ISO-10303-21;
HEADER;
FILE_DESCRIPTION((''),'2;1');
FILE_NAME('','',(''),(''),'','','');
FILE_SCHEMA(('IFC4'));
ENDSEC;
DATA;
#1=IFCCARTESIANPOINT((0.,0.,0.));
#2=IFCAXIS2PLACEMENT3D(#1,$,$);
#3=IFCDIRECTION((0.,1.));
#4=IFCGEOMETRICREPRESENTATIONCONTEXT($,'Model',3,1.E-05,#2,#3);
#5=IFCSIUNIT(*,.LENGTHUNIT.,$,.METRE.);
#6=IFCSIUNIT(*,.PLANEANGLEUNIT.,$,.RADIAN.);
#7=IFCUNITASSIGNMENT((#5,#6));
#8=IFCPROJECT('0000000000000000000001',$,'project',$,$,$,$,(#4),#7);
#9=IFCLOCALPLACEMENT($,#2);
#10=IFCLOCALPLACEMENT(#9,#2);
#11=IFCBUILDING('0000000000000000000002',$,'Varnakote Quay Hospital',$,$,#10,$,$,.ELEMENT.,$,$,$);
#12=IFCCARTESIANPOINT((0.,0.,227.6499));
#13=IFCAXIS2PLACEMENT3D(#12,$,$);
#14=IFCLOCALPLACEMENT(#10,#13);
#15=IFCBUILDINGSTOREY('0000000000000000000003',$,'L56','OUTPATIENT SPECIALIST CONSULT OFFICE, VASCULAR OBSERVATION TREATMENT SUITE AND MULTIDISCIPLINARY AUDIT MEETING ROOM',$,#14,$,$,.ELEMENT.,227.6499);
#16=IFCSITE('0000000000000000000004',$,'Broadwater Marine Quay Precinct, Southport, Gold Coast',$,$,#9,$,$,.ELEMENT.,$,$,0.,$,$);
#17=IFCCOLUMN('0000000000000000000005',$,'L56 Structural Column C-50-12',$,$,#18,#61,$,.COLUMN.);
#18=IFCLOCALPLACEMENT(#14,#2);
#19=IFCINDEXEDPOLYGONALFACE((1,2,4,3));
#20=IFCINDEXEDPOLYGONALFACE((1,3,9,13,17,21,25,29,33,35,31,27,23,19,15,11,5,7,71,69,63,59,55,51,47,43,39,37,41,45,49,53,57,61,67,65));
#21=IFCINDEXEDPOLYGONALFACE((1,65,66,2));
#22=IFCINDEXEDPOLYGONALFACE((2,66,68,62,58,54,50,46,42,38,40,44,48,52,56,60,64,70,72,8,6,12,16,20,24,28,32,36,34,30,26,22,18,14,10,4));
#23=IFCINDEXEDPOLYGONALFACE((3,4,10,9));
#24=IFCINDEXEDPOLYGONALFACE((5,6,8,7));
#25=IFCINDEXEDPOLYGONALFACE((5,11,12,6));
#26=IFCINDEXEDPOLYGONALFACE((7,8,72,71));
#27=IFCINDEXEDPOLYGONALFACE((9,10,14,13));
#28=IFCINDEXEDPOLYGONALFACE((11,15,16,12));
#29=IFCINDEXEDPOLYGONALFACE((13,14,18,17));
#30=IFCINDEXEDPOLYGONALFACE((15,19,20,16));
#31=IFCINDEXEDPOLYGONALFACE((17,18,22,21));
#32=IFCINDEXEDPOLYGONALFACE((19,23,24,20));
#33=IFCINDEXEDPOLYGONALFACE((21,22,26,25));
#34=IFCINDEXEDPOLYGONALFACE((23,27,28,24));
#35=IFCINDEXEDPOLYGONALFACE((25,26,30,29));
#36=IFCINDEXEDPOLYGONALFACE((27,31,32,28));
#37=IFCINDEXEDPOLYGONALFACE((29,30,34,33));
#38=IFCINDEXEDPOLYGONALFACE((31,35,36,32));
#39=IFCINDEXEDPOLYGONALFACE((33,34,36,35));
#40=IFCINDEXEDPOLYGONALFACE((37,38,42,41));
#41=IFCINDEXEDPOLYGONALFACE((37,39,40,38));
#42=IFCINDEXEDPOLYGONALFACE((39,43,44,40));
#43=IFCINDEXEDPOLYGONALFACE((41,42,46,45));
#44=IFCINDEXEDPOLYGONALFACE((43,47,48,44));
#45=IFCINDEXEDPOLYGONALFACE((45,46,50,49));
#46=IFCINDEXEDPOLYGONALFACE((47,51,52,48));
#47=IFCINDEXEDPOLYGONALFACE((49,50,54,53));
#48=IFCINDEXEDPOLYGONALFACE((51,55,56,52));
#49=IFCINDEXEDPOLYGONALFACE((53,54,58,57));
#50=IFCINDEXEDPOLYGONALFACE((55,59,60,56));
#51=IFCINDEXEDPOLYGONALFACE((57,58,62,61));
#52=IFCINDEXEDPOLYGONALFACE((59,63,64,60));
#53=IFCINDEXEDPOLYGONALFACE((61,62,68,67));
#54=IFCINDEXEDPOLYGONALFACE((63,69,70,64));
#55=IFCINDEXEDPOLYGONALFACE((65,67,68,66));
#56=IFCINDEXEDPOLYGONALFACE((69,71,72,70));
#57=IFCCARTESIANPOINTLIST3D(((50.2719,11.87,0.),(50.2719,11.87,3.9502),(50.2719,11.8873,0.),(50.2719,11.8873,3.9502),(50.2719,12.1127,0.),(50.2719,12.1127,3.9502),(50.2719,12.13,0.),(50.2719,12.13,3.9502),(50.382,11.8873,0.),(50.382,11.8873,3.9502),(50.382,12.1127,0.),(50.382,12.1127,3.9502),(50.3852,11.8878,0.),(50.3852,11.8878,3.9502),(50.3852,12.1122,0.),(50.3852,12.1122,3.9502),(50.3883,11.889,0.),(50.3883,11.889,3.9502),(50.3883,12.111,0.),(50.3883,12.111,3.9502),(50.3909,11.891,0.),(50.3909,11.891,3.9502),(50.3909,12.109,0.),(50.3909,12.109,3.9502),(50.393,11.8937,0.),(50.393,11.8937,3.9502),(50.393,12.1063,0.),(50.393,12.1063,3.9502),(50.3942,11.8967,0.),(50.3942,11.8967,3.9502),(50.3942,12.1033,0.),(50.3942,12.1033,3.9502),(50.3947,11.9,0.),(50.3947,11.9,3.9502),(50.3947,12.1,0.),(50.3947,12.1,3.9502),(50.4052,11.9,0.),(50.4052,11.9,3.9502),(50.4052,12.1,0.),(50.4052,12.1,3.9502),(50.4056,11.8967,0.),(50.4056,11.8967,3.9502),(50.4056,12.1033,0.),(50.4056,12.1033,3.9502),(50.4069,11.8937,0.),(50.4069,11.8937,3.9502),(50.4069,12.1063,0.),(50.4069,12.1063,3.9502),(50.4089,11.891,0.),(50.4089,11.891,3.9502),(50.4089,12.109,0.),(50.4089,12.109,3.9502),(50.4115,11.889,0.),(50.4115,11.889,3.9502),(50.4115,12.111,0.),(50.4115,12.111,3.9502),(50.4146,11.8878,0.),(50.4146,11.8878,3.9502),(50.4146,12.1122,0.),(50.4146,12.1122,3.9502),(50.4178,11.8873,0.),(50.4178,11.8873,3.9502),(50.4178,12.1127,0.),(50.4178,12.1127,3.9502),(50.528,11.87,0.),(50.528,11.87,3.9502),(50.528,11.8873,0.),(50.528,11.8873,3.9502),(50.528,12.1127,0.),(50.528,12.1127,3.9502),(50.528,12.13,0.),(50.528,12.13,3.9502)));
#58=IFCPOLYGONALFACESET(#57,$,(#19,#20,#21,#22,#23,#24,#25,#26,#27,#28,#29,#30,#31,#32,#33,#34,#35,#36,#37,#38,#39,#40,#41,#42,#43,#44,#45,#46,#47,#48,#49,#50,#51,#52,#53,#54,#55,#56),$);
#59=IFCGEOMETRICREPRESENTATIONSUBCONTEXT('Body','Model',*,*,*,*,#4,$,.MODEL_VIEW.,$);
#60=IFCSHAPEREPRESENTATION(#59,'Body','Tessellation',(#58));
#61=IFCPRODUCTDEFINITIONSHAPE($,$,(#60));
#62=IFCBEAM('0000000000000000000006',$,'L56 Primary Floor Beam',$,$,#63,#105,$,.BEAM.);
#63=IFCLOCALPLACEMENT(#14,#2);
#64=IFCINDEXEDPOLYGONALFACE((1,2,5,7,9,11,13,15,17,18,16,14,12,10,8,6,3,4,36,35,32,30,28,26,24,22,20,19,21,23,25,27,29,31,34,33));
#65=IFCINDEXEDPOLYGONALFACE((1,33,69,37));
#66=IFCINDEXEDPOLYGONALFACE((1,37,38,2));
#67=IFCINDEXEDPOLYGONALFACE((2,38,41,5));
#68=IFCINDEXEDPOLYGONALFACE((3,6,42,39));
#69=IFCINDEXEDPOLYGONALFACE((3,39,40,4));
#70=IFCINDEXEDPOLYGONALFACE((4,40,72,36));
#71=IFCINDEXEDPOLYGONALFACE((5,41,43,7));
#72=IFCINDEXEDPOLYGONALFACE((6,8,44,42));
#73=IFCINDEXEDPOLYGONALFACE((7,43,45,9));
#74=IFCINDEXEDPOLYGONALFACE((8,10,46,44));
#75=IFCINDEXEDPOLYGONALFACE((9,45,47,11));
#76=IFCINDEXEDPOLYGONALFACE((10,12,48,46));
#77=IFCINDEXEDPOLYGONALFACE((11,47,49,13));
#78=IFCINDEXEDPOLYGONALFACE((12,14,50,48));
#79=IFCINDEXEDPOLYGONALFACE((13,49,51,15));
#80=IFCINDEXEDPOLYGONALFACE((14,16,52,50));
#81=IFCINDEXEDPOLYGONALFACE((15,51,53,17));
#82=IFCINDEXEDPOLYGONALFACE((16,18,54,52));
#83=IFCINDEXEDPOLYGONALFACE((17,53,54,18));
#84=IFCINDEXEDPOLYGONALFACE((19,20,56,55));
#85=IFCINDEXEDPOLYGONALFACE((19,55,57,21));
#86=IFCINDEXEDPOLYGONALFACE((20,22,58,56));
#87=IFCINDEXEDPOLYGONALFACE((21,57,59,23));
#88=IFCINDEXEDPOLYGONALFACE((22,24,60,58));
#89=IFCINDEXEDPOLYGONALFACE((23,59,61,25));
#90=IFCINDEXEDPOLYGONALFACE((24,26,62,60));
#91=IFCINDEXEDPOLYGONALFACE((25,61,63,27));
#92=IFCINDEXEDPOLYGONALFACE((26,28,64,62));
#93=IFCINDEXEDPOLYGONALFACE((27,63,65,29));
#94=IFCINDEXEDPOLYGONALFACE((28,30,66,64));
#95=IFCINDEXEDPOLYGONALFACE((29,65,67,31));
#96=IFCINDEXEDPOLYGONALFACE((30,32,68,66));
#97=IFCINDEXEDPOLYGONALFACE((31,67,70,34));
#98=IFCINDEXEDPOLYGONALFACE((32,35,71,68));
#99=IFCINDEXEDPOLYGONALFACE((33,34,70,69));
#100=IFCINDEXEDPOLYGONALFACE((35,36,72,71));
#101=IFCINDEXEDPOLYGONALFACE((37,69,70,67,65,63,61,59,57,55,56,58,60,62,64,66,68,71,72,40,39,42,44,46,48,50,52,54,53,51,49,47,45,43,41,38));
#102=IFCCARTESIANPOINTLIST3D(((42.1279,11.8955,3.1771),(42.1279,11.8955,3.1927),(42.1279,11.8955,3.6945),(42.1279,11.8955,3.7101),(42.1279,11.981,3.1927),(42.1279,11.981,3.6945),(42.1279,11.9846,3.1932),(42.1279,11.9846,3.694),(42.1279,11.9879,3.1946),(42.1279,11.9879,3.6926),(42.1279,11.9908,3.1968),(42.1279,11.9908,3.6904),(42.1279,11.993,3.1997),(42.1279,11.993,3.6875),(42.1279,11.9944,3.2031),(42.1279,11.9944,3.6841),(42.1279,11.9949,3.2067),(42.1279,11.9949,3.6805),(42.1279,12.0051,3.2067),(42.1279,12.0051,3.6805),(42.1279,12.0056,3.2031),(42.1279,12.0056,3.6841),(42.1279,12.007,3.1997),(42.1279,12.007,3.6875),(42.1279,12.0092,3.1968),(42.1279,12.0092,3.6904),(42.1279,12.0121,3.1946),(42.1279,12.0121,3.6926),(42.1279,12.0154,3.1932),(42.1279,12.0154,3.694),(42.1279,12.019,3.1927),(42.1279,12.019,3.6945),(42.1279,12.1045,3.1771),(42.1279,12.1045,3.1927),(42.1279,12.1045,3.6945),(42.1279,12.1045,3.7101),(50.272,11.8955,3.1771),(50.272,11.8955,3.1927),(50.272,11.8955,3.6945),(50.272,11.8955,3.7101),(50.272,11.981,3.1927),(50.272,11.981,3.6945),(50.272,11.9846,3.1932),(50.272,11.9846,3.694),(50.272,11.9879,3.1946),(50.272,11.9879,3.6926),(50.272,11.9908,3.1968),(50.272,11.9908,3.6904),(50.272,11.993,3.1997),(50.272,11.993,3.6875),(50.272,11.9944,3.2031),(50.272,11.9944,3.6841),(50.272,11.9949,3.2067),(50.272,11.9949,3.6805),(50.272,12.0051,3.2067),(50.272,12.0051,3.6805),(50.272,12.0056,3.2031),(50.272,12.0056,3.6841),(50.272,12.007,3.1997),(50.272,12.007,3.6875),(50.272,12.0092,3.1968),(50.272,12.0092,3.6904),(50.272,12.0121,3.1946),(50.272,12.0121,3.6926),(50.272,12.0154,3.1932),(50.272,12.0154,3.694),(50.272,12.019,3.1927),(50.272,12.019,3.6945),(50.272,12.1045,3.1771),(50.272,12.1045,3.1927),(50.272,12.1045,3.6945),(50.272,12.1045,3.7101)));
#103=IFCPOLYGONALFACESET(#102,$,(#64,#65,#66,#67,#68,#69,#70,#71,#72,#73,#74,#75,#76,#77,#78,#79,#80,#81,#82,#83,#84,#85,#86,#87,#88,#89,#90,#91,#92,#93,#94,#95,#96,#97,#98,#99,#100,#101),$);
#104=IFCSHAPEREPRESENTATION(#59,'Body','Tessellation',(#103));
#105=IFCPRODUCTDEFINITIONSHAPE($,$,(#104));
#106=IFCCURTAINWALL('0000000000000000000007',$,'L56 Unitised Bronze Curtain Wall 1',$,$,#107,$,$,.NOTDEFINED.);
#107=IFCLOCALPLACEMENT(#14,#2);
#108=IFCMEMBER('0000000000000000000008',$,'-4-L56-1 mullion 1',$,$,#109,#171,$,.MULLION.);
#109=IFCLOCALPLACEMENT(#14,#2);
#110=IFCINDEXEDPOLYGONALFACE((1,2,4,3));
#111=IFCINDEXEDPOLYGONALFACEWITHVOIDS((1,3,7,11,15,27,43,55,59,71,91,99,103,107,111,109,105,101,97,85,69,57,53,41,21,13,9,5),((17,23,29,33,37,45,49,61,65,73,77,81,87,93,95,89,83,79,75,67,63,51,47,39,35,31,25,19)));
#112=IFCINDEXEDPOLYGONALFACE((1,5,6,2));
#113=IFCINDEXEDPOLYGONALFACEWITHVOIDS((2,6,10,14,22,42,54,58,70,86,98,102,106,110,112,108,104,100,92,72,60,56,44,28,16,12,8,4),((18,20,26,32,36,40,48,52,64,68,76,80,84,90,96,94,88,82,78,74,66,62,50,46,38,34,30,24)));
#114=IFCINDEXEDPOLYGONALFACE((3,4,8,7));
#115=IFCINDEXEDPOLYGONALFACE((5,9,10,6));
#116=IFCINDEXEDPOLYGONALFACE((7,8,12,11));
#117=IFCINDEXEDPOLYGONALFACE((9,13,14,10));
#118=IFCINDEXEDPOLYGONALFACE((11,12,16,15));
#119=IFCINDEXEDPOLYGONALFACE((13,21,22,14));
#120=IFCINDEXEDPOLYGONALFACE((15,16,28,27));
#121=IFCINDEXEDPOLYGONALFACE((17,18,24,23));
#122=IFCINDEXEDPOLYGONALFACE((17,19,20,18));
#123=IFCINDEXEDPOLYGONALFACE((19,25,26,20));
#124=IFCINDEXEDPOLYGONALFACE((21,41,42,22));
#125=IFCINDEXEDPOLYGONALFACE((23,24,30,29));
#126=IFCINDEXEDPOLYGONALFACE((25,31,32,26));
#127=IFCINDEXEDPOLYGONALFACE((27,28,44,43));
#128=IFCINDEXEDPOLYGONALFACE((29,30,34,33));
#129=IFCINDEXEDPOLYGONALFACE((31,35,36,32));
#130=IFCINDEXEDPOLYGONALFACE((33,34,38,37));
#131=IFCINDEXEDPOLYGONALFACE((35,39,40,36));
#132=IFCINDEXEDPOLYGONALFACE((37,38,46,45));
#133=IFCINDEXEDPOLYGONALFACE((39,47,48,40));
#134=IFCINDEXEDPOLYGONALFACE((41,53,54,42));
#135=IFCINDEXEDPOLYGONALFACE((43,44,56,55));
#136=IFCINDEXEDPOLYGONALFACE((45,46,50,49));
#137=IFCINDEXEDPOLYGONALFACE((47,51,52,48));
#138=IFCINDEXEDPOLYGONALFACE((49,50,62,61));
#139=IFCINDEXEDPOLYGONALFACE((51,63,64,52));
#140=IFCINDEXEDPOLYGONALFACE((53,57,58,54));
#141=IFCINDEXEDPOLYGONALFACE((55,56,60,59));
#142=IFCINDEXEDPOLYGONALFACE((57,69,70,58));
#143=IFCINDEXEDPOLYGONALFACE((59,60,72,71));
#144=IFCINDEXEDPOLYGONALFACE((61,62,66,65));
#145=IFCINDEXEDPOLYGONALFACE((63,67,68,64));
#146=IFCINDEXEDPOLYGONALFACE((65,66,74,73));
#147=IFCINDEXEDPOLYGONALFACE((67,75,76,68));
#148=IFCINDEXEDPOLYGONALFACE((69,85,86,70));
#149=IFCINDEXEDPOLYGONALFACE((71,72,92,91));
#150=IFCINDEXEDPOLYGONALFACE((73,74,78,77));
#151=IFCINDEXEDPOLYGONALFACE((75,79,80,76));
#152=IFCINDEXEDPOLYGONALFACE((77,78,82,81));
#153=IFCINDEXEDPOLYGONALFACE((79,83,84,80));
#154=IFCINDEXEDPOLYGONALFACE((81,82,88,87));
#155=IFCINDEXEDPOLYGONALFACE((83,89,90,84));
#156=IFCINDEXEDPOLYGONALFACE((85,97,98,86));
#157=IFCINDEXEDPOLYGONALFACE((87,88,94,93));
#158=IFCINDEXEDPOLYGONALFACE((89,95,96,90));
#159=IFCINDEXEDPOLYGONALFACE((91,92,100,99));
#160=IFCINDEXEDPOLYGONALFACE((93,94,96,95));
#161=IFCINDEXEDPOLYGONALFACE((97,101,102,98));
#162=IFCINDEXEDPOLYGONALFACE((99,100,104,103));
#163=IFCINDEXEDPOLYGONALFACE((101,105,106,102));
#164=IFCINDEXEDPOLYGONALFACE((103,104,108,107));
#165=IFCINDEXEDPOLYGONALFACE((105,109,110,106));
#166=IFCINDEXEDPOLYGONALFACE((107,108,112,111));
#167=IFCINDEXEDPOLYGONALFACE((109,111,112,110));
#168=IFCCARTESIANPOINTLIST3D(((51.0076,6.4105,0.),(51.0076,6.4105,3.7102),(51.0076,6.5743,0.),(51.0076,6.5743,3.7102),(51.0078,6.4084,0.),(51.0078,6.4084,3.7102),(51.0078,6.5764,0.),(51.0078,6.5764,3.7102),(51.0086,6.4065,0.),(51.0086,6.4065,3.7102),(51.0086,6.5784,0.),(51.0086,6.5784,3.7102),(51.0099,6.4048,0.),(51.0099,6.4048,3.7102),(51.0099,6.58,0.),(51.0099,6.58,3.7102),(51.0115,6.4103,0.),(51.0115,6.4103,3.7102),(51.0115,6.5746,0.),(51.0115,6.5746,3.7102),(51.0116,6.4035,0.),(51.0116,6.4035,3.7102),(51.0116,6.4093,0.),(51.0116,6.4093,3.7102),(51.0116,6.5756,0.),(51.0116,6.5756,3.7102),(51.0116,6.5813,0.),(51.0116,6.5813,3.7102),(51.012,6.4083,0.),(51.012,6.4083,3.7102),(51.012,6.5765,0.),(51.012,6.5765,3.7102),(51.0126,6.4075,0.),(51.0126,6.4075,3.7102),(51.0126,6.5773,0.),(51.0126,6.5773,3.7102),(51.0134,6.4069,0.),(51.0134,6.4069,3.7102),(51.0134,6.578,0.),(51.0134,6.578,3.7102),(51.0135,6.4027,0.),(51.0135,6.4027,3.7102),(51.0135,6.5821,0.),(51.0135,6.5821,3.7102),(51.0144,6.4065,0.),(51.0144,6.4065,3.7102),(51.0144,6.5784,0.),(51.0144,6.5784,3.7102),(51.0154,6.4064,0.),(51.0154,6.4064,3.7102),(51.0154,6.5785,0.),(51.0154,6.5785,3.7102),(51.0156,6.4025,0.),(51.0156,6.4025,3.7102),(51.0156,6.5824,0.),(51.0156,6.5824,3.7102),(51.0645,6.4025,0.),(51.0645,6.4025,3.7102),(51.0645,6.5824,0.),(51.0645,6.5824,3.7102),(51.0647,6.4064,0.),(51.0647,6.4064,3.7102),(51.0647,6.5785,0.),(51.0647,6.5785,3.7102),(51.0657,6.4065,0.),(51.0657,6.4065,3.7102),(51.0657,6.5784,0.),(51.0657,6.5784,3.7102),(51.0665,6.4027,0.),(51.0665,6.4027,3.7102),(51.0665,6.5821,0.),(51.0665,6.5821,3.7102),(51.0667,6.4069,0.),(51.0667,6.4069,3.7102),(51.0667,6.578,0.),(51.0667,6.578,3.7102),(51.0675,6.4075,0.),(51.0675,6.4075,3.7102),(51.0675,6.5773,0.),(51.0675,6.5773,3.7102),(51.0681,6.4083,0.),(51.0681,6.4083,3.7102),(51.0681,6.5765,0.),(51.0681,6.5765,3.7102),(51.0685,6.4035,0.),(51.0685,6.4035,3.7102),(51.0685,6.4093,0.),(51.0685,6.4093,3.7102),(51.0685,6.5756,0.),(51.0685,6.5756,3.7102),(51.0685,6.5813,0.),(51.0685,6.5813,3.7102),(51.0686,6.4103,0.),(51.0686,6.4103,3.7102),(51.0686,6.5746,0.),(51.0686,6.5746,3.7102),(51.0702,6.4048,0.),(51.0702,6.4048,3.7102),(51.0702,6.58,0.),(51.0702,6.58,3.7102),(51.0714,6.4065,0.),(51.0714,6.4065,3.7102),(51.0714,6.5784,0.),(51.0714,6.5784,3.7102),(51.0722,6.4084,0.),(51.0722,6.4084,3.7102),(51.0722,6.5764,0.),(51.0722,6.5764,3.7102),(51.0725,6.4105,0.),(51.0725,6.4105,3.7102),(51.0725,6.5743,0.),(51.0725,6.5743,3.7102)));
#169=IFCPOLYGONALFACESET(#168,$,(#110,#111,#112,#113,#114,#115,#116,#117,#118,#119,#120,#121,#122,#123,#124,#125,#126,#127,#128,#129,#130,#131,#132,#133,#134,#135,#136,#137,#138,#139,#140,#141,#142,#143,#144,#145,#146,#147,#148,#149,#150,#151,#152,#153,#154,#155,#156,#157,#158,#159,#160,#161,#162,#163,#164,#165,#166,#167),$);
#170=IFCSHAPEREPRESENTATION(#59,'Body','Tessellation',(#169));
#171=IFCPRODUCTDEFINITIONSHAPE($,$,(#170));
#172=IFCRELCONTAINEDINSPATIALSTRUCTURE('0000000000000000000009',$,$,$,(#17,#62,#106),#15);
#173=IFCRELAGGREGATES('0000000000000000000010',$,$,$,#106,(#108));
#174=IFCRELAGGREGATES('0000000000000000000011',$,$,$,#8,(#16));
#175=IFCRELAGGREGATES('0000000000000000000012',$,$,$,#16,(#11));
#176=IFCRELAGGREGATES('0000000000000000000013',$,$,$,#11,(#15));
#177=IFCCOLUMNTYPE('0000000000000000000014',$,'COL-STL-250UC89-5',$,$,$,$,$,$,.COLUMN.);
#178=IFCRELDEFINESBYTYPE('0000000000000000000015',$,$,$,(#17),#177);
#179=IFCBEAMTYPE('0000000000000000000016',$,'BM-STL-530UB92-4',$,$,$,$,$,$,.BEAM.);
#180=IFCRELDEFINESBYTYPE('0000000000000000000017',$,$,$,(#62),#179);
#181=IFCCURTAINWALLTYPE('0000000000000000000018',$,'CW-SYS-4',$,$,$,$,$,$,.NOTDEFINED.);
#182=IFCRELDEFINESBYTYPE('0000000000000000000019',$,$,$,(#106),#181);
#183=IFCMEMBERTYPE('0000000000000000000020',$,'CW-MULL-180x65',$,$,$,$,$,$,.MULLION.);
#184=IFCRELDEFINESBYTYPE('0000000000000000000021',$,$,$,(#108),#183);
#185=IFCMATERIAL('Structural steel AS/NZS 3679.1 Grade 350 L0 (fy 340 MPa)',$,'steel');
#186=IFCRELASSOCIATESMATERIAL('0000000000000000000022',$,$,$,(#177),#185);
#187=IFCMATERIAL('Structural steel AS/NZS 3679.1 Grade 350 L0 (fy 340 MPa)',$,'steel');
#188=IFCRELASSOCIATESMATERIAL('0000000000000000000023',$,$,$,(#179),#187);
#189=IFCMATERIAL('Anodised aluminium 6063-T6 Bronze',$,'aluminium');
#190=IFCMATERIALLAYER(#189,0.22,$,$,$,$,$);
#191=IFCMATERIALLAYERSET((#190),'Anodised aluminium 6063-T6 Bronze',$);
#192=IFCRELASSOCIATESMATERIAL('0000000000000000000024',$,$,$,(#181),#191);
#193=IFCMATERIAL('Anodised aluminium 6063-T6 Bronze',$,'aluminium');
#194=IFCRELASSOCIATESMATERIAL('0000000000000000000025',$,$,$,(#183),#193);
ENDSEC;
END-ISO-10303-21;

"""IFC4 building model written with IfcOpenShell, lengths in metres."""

from ifc_helpers import new_model, si_unit, direction, frame, origin, origin_2d, place, context, subcontext, project, spatial, hollow_rectangle, i_section, extrude, material, layer, layer_set, material_profile, profile_set, type_object, element, aggregate, save


model = new_model("IFC4")

# Units and contexts
model_context = context("Model", 3, precision=1e-05, world=origin(), true_north=direction((0.0, 1.0)))
body_context = subcontext(model_context, "Body", "Model", "MODEL_VIEW")
ifc_project = project(units=[si_unit("LENGTHUNIT", "METRE"), si_unit("PLANEANGLEUNIT", "RADIAN")], contexts=[model_context])

# Site, building, storey
site_placement = place(None, origin())
site = spatial("IfcSite", under=ifc_project, at=site_placement, Name="Broadwater Marine Quay Precinct, Southport, Gold Coast", CompositionType="ELEMENT", RefElevation=0.0)
building_placement = place(site_placement, origin())
building = spatial("IfcBuilding", under=site, at=building_placement, Name="Varnakote Quay Hospital", CompositionType="ELEMENT")
storey_placement = place(building_placement, frame((0.0, 0.0, 227.6499)))
storey = spatial("IfcBuildingStorey", under=building, at=storey_placement, Name="L56", Description="OUTPATIENT SPECIALIST CONSULT OFFICE, VASCULAR OBSERVATION TREATMENT SUITE AND MULTIDISCIPLINARY AUDIT MEETING ROOM", CompositionType="ELEMENT", Elevation=227.6499)

# Column
ifc_material_1 = material(Name="Structural steel AS/NZS 3679.1 Grade 350 L0 (fy 340 MPa)", Category="steel")
ifc_material_profile_1 = material_profile(ifc_material_1, i_section(OverallWidth=0.2561, OverallDepth=0.26, WebThickness=0.0105, FlangeThickness=0.0173, FilletRadius=0.0127, at=origin_2d()), Name="250UC89.5")
ifc_profile_set_1 = profile_set([ifc_material_profile_1], Name="Structural steel AS/NZS 3679.1 Grade 350 L0 (fy 340 MPa)")
column_type = type_object("IfcColumnType", Name="COL-STL-250UC89-5", PredefinedType="COLUMN", material=ifc_profile_set_1)
column_placement = place(storey_placement, frame((50.3999, 12.0, 0.0), z_axis=(0.0, 0.0, 1.0), x_axis=(1.0, 0.0, 0.0)))
element("IfcColumn", 1, at=column_placement, inside=storey, type_object=column_type, Name="L56 Structural Column C-50-12", PredefinedType="COLUMN", context=body_context, shape_type="SweptSolid", body=[
    extrude(i_section(OverallWidth=0.2561, OverallDepth=0.26, WebThickness=0.0105, FlangeThickness=0.0173, FilletRadius=0.0127, at=origin_2d()), origin(), (0.0, 0.0, 1.0), 3.9502),
])

# Beam
ifc_material_2 = material(Name="Structural steel AS/NZS 3679.1 Grade 350 L0 (fy 340 MPa)", Category="steel")
ifc_material_profile_2 = material_profile(ifc_material_2, i_section(OverallWidth=0.209, OverallDepth=0.533, WebThickness=0.0103, FlangeThickness=0.0156, FilletRadius=0.0139, at=origin_2d()), Name="530UB92.4")
ifc_profile_set_2 = profile_set([ifc_material_profile_2], Name="Structural steel AS/NZS 3679.1 Grade 350 L0 (fy 340 MPa)")
beam_type = type_object("IfcBeamType", Name="BM-STL-530UB92-4", PredefinedType="BEAM", material=ifc_profile_set_2)
beam_placement = place(storey_placement, frame((42.1279, 12.0, 3.4436), z_axis=(1.0, 0.0, 0.0), x_axis=(0.0, 1.0, 0.0)))
element("IfcBeam", 2, at=beam_placement, inside=storey, type_object=beam_type, Name="L56 Primary Floor Beam", PredefinedType="BEAM", context=body_context, shape_type="SweptSolid", body=[
    extrude(i_section(OverallWidth=0.209, OverallDepth=0.533, WebThickness=0.0103, FlangeThickness=0.0156, FilletRadius=0.0139, at=origin_2d()), origin(), (0.0, 0.0, 1.0), 8.144),
])

# Curtain wall, member
ifc_material_3 = material(Name="Anodised aluminium 6063-T6 Bronze", Category="aluminium")
ifc_layer_1 = layer(ifc_material_3, 0.22)
ifc_layer_set_1 = layer_set([ifc_layer_1], Name="Anodised aluminium 6063-T6 Bronze")
curtain_wall_type = type_object("IfcCurtainWallType", Name="CW-SYS-4", PredefinedType="NOTDEFINED", material=ifc_layer_set_1)
curtain_wall_placement = place(storey_placement, origin())
curtain_wall = element("IfcCurtainWall", 3, at=curtain_wall_placement, inside=storey, type_object=curtain_wall_type, Name="L56 Unitised Bronze Curtain Wall 1", PredefinedType="NOTDEFINED")
ifc_material_4 = material(Name="Anodised aluminium 6063-T6 Bronze", Category="aluminium")
ifc_material_profile_3 = material_profile(ifc_material_4, hollow_rectangle(XDim=0.0649, YDim=0.1799, WallThickness=0.0039, InnerFilletRadius=0.0039, OuterFilletRadius=0.0081, at=origin_2d()), Name="CW-MULL-180x65")
ifc_profile_set_3 = profile_set([ifc_material_profile_3], Name="Anodised aluminium 6063-T6 Bronze")
member_type_1 = type_object("IfcMemberType", Name="CW-MULL-180x65", PredefinedType="MULLION", material=ifc_profile_set_3)
member_1_placement = place(storey_placement, frame((51.04, 6.4924, 0.0), z_axis=(0.0, 0.0, 1.0), x_axis=(-1.0, 0.0, 0.0)))
member_1 = element("IfcMember", 4, at=member_1_placement, type_object=member_type_1, Name="-4-L56-1 mullion 1", PredefinedType="MULLION", context=body_context, shape_type="SweptSolid", body=[
    extrude(hollow_rectangle(XDim=0.0649, YDim=0.1799, WallThickness=0.0039, InnerFilletRadius=0.0039, OuterFilletRadius=0.0081, at=origin_2d()), origin(), (0.0, 0.0, 1.0), 3.7102),
])
aggregate(curtain_wall, [member_1])

save(model, "model.ifc")
